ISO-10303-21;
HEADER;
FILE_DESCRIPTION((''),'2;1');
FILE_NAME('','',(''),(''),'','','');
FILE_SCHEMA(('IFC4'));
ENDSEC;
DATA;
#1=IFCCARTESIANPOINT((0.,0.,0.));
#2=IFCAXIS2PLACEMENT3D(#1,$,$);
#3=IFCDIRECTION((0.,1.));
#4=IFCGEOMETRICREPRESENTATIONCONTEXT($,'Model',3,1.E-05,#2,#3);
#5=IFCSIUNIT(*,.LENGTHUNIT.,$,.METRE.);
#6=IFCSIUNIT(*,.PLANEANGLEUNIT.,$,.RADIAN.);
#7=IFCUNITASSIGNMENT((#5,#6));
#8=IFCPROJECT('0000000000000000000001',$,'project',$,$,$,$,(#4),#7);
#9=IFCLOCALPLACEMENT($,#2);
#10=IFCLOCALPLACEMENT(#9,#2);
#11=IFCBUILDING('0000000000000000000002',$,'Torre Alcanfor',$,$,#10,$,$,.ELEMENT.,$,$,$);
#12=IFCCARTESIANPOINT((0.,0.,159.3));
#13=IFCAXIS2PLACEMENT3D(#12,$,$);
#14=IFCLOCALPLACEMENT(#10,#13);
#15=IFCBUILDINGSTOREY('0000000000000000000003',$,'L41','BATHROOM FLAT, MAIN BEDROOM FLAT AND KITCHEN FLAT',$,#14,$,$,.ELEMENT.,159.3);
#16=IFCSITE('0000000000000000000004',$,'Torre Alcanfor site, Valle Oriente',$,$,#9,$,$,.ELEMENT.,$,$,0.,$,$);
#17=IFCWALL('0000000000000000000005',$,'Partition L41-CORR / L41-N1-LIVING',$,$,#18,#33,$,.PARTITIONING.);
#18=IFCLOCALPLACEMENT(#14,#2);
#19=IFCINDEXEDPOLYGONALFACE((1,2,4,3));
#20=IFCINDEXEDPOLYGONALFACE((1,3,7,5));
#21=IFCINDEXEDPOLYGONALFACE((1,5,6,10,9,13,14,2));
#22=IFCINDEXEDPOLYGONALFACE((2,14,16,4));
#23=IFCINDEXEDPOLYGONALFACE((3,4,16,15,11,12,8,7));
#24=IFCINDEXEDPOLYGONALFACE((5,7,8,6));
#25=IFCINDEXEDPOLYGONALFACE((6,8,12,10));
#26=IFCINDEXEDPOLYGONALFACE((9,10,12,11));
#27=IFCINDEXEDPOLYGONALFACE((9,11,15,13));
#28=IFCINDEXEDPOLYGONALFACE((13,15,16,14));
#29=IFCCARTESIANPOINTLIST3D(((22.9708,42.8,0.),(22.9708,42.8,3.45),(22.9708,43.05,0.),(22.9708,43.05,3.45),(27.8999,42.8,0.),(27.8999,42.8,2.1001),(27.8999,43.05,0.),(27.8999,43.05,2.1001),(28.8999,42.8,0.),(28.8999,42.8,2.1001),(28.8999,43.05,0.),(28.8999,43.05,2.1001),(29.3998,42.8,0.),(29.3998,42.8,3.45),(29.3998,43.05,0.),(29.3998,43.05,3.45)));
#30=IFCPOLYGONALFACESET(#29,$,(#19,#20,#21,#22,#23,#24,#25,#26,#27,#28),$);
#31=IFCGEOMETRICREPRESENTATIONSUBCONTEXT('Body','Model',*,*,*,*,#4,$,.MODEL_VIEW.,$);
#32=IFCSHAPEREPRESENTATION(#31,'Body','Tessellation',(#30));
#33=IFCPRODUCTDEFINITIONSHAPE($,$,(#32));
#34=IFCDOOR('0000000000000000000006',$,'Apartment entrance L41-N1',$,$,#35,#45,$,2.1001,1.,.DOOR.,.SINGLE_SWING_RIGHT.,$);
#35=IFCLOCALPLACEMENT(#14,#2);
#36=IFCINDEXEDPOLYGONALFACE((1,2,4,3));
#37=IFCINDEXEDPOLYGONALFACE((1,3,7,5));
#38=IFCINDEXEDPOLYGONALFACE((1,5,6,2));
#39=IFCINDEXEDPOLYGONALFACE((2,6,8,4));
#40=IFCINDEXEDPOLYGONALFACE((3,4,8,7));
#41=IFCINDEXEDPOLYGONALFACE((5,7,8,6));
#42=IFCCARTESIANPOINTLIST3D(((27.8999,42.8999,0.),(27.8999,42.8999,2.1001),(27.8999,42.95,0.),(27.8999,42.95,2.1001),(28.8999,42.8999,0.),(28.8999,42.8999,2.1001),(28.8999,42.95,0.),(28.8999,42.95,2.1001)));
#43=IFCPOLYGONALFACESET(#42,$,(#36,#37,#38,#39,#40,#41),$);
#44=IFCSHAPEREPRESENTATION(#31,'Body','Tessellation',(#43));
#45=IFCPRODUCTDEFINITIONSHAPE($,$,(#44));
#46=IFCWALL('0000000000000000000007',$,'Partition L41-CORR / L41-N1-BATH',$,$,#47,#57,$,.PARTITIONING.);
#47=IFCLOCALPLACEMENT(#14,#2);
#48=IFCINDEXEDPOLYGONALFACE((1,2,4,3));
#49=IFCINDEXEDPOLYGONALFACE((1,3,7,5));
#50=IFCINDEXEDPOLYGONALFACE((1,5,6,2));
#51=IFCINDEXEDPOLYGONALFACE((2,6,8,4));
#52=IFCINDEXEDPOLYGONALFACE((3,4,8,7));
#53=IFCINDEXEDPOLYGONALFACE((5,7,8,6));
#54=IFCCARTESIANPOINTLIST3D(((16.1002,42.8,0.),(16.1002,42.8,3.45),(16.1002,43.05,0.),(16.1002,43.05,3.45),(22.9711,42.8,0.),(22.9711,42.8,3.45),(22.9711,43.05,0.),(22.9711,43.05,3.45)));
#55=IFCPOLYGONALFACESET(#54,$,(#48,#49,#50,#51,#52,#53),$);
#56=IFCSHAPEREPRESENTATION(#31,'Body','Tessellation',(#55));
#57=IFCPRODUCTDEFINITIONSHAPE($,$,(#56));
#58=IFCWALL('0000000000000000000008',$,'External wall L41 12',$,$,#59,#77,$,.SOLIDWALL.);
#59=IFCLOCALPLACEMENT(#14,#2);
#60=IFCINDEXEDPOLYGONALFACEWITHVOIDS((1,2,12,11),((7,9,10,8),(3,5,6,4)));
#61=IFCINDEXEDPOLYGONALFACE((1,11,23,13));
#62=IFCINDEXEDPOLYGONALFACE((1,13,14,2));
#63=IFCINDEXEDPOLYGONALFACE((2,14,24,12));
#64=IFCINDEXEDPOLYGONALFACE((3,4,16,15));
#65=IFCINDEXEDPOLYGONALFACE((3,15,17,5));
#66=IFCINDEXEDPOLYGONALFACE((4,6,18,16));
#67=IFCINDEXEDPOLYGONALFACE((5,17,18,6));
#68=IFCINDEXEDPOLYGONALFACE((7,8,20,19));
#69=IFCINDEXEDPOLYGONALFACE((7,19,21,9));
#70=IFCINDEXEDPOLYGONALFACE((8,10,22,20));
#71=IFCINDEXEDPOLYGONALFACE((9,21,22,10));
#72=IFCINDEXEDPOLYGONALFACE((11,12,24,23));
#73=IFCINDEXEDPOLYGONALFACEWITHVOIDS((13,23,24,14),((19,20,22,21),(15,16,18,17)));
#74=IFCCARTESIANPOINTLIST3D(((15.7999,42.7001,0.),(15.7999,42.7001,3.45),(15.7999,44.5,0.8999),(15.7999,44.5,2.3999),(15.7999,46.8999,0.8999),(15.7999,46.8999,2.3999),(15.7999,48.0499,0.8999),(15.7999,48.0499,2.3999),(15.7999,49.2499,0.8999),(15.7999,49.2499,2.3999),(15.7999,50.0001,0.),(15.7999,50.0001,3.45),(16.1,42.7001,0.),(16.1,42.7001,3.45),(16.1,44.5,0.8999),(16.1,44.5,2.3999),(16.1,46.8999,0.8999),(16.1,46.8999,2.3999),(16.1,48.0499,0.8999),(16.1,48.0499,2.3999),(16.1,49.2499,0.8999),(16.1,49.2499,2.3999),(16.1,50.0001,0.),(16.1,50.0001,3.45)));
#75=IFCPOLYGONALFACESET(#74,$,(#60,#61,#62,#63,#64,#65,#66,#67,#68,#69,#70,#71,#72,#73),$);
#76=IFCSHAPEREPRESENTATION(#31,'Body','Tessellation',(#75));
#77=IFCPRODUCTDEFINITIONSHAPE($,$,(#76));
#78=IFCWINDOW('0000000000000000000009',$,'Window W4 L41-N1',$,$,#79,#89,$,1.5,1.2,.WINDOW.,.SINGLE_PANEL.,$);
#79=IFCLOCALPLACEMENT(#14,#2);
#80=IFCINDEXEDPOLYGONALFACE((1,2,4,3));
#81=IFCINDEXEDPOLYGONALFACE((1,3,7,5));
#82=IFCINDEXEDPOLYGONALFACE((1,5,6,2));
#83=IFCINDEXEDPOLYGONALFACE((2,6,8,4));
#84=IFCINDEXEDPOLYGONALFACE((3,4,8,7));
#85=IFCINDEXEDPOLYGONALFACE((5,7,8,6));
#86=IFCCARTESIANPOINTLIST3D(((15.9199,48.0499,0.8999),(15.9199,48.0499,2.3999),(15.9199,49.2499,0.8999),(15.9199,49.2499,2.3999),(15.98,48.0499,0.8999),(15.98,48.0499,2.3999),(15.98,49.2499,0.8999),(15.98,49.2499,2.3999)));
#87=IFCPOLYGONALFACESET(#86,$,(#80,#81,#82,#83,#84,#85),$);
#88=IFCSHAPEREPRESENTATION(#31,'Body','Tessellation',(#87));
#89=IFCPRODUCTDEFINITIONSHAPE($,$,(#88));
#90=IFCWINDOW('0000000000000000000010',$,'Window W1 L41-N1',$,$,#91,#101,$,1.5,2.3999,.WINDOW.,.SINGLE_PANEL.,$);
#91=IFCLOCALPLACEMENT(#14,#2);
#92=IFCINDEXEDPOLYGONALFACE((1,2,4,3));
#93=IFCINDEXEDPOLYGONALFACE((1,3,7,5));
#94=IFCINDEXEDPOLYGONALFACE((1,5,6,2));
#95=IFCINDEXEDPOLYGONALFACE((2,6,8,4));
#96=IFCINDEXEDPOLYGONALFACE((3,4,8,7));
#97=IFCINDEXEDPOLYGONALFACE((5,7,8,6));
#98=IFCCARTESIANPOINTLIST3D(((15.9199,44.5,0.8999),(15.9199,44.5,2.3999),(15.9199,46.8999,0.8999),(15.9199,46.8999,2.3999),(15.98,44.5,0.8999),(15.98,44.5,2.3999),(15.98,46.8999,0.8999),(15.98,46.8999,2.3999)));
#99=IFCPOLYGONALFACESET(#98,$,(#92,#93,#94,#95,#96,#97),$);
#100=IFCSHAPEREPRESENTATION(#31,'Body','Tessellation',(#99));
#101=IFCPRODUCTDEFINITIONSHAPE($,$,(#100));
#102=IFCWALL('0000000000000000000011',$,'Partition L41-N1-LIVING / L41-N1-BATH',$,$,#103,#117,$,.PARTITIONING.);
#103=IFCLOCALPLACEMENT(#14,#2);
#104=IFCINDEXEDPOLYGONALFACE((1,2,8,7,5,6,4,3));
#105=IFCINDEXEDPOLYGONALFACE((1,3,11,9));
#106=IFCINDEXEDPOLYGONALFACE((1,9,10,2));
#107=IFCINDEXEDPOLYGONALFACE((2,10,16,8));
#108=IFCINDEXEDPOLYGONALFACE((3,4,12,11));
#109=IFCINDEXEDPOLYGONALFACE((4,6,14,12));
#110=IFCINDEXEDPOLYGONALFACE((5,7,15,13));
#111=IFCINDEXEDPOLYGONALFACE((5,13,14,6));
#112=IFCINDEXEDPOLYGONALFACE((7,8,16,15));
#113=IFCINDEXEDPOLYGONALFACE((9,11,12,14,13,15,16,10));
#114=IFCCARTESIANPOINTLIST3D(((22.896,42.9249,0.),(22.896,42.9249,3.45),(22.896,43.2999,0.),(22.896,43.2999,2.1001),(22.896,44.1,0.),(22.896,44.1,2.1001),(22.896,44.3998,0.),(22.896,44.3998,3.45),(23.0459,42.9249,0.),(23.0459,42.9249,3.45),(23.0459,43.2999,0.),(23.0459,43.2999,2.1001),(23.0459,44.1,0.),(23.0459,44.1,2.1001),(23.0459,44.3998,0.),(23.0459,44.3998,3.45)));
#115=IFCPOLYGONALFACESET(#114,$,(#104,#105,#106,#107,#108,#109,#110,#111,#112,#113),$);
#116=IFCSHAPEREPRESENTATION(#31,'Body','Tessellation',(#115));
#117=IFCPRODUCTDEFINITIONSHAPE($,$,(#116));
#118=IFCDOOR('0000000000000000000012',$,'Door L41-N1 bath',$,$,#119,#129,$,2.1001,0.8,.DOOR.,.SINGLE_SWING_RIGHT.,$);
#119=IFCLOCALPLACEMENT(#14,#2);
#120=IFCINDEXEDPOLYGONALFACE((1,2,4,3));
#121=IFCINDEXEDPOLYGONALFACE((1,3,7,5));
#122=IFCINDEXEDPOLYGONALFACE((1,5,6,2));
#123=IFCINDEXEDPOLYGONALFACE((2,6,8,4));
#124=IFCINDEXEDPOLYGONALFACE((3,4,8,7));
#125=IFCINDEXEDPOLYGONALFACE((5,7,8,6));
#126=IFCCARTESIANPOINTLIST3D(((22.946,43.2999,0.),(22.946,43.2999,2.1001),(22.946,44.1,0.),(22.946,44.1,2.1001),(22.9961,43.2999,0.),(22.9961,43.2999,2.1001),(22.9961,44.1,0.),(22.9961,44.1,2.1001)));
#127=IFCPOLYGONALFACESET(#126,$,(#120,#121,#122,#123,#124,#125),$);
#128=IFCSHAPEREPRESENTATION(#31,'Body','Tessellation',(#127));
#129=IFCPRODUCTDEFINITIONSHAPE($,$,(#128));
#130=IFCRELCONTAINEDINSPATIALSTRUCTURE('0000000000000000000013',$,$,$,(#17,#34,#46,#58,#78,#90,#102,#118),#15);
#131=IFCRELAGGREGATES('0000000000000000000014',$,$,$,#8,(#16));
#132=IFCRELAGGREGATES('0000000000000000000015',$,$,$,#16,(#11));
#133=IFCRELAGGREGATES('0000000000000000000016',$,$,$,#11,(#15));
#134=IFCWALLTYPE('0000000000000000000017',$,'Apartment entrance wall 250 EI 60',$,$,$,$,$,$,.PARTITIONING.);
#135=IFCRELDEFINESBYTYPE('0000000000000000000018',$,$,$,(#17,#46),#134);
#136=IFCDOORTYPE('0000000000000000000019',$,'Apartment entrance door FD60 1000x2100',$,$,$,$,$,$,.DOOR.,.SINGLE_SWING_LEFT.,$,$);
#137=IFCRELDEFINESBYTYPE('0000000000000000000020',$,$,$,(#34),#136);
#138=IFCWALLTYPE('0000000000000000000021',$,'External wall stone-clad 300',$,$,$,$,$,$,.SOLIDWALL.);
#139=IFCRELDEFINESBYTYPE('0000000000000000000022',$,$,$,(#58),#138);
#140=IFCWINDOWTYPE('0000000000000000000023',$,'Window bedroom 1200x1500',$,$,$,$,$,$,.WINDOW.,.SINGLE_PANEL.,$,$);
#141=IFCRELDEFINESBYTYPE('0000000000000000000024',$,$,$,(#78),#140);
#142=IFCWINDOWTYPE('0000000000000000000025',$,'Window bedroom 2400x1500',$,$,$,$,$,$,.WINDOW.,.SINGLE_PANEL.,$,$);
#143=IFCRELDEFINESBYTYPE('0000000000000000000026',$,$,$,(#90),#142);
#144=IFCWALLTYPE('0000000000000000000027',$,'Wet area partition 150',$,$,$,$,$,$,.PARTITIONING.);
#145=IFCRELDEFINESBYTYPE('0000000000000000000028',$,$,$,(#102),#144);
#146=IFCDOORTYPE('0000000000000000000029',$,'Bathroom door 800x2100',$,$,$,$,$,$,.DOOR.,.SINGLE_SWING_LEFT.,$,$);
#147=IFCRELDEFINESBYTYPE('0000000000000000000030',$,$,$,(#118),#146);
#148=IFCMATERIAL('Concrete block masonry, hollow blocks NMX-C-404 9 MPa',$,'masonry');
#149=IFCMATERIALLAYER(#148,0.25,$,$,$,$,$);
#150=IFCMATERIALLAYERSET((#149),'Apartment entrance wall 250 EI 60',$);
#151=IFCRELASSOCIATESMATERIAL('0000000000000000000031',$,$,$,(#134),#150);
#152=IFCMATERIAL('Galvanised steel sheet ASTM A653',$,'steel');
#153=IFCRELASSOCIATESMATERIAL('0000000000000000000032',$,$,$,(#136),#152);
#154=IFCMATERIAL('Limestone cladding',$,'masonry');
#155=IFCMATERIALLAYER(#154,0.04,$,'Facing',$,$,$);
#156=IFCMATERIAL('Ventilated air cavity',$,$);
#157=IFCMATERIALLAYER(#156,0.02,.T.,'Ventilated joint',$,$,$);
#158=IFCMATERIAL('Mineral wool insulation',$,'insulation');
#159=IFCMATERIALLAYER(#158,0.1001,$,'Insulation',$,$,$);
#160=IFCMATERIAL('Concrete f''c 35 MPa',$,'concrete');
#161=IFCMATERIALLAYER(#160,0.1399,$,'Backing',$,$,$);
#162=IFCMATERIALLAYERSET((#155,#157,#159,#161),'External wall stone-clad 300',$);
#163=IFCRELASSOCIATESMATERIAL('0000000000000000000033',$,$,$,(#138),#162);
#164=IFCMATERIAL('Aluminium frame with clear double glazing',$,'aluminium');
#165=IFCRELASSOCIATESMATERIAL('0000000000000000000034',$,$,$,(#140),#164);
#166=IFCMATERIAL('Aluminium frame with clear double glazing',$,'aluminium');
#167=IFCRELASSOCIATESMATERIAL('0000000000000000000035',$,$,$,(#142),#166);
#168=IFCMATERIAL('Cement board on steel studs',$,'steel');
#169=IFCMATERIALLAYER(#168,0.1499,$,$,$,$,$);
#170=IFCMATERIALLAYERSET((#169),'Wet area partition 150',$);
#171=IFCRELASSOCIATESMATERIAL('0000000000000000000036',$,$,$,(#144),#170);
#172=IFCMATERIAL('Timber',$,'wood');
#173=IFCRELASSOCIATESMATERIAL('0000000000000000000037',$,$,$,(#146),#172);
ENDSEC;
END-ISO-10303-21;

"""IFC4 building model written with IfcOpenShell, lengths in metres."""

from ifc_helpers import new_model, si_unit, direction, frame, frame_2d, origin, place, context, subcontext, project, spatial, rectangle, extrude, material, layer, layer_set, type_object, element, fill, save


model = new_model("IFC4")

# Units and contexts
model_context = context("Model", 3, precision=1e-05, world=origin(), true_north=direction((0.0, 1.0)))
body_context = subcontext(model_context, "Body", "Model", "MODEL_VIEW")
ifc_project = project(units=[si_unit("LENGTHUNIT", "METRE"), si_unit("PLANEANGLEUNIT", "RADIAN")], contexts=[model_context])

# Site, building, storey
site_placement = place(None, origin())
site = spatial("IfcSite", under=ifc_project, at=site_placement, Name="Torre Alcanfor site, Valle Oriente", CompositionType="ELEMENT", RefElevation=0.0)
building_placement = place(site_placement, origin())
building = spatial("IfcBuilding", under=site, at=building_placement, Name="Torre Alcanfor", CompositionType="ELEMENT")
storey_placement = place(building_placement, frame((0.0, 0.0, 159.3)))
storey = spatial("IfcBuildingStorey", under=building, at=storey_placement, Name="L41", Description="BATHROOM FLAT, MAIN BEDROOM FLAT AND KITCHEN FLAT", CompositionType="ELEMENT", Elevation=159.3)

# Wall, opening, door
ifc_material_1 = material(Name="Concrete block masonry, hollow blocks NMX-C-404 9 MPa", Category="masonry")
ifc_layer_1 = layer(ifc_material_1, 0.25)
ifc_layer_set_1 = layer_set([ifc_layer_1], Name="Apartment entrance wall 250 EI 60")
wall_type_1 = type_object("IfcWallType", Name="Apartment entrance wall 250 EI 60", PredefinedType="PARTITIONING", material=ifc_layer_set_1)
wall_1_placement = place(storey_placement, frame((22.9709, 42.925, 0.0), z_axis=(0.0, 0.0, 1.0), x_axis=(1.0, 0.0, 0.0)))
wall_1 = element("IfcWall", 1, at=wall_1_placement, inside=storey, type_object=wall_type_1, Name="Partition L41-CORR / L41-N1-LIVING", PredefinedType="PARTITIONING", context=body_context, shape_type="SweptSolid", body=[
    extrude(rectangle(XDim=6.429, YDim=0.25, at=frame_2d((3.2144, 0.0))), origin(), (0.0, 0.0, 1.0), 3.45),
])
opening_1_placement = place(wall_1_placement, frame((4.929, 0.0, 0.0)))
opening_1 = element("IfcOpeningElement", 2, at=opening_1_placement, cuts=wall_1, PredefinedType="OPENING", context=body_context, shape_type="SweptSolid", body=[
    extrude(rectangle(XDim=1.0, YDim=2.1001, at=frame_2d((0.5, 1.05))), frame((0.0, 0.135, 0.0), z_axis=(0.0, -1.0, 0.0), x_axis=(1.0, 0.0, 0.0)), (0.0, 0.0, 1.0), 0.27),
])
ifc_material_2 = material(Name="Galvanised steel sheet ASTM A653", Category="steel")
door_type_1 = type_object("IfcDoorType", Name="Apartment entrance door FD60 1000x2100", OperationType="SINGLE_SWING_LEFT", PredefinedType="DOOR", material=ifc_material_2)
door_1_placement = place(opening_1_placement, origin())
door_1 = element("IfcDoor", 3, at=door_1_placement, inside=storey, type_object=door_type_1, Name="Apartment entrance L41-N1", OperationType="SINGLE_SWING_RIGHT", OverallHeight=2.1001, OverallWidth=1.0, PredefinedType="DOOR", context=body_context, shape_type="SweptSolid", body=[
    extrude(rectangle(XDim=1.0, YDim=2.1001, at=frame_2d((0.5, 1.05))), frame((0.0, 0.0249, 0.0), z_axis=(0.0, -1.0, 0.0), x_axis=(1.0, 0.0, 0.0)), (0.0, 0.0, 1.0), 0.05),
])
fill(opening_1, door_1)

# Wall
wall_2_placement = place(storey_placement, frame((16.1001, 42.925, 0.0), z_axis=(0.0, 0.0, 1.0), x_axis=(1.0, 0.0, 0.0)))
element("IfcWall", 4, at=wall_2_placement, inside=storey, type_object=wall_type_1, Name="Partition L41-CORR / L41-N1-BATH", PredefinedType="PARTITIONING", context=body_context, shape_type="SweptSolid", body=[
    extrude(rectangle(XDim=6.8708, YDim=0.25, at=frame_2d((3.4355, 0.0))), origin(), (0.0, 0.0, 1.0), 3.45),
])

# Wall, openings, windows
ifc_material_3 = material(Name="Limestone cladding", Category="masonry")
ifc_layer_2 = layer(ifc_material_3, 0.04, Name="Facing")
ifc_material_4 = material(Name="Ventilated air cavity")
ifc_layer_3 = layer(ifc_material_4, 0.02, ventilated=True, Name="Ventilated joint")
ifc_material_5 = material(Name="Mineral wool insulation", Category="insulation")
ifc_layer_4 = layer(ifc_material_5, 0.1001, Name="Insulation")
ifc_material_6 = material(Name="Concrete f'c 35 MPa", Category="concrete")
ifc_layer_5 = layer(ifc_material_6, 0.1399, Name="Backing")
ifc_layer_set_2 = layer_set([ifc_layer_2, ifc_layer_3, ifc_layer_4, ifc_layer_5], Name="External wall stone-clad 300")
wall_type_2 = type_object("IfcWallType", Name="External wall stone-clad 300", PredefinedType="SOLIDWALL", material=ifc_layer_set_2)
wall_3_placement = place(storey_placement, frame((15.95, 50.0, 0.0), z_axis=(0.0, 0.0, 1.0), x_axis=(0.0, -1.0, 0.0)))
wall_3 = element("IfcWall", 5, at=wall_3_placement, inside=storey, type_object=wall_type_2, Name="External wall L41 12", PredefinedType="SOLIDWALL", context=body_context, shape_type="SweptSolid", body=[
    extrude(rectangle(XDim=7.3, YDim=0.3, at=frame_2d((3.6499, 0.0))), origin(), (0.0, 0.0, 1.0), 3.45),
])
opening_2_placement = place(wall_3_placement, frame((3.1001, 0.0, 0.8999)))
opening_2 = element("IfcOpeningElement", 6, at=opening_2_placement, cuts=wall_3, PredefinedType="OPENING", context=body_context, shape_type="SweptSolid", body=[
    extrude(rectangle(XDim=2.3999, YDim=1.5, at=frame_2d((1.2, 0.75))), frame((0.0, 0.1599, 0.0), z_axis=(0.0, -1.0, 0.0), x_axis=(1.0, 0.0, 0.0)), (0.0, 0.0, 1.0), 0.3201),
])
opening_3_placement = place(wall_3_placement, frame((0.75, 0.0, 0.8999)))
opening_3 = element("IfcOpeningElement", 7, at=opening_3_placement, cuts=wall_3, PredefinedType="OPENING", context=body_context, shape_type="SweptSolid", body=[
    extrude(rectangle(XDim=1.2, YDim=1.5, at=frame_2d((0.6001, 0.75))), frame((0.0, 0.1599, 0.0), z_axis=(0.0, -1.0, 0.0), x_axis=(1.0, 0.0, 0.0)), (0.0, 0.0, 1.0), 0.3201),
])
ifc_material_7 = material(Name="Aluminium frame with clear double glazing", Category="aluminium")
window_type_1 = type_object("IfcWindowType", Name="Window bedroom 1200x1500", PartitioningType="SINGLE_PANEL", PredefinedType="WINDOW", material=ifc_material_7)
window_1_placement = place(opening_3_placement, origin())
window_1 = element("IfcWindow", 8, at=window_1_placement, inside=storey, type_object=window_type_1, Name="Window W4 L41-N1", OverallHeight=1.5, OverallWidth=1.2, PartitioningType="SINGLE_PANEL", PredefinedType="WINDOW", context=body_context, shape_type="SweptSolid", body=[
    extrude(rectangle(XDim=1.2, YDim=1.5, at=frame_2d((0.6001, 0.75))), frame((0.0, 0.03, 0.0), z_axis=(0.0, -1.0, 0.0), x_axis=(1.0, 0.0, 0.0)), (0.0, 0.0, 1.0), 0.0601),
])
fill(opening_3, window_1)
ifc_material_8 = material(Name="Aluminium frame with clear double glazing", Category="aluminium")
window_type_2 = type_object("IfcWindowType", Name="Window bedroom 2400x1500", PartitioningType="SINGLE_PANEL", PredefinedType="WINDOW", material=ifc_material_8)
window_2_placement = place(opening_2_placement, origin())
window_2 = element("IfcWindow", 9, at=window_2_placement, inside=storey, type_object=window_type_2, Name="Window W1 L41-N1", OverallHeight=1.5, OverallWidth=2.3999, PartitioningType="SINGLE_PANEL", PredefinedType="WINDOW", context=body_context, shape_type="SweptSolid", body=[
    extrude(rectangle(XDim=2.3999, YDim=1.5, at=frame_2d((1.2, 0.75))), frame((0.0, 0.03, 0.0), z_axis=(0.0, -1.0, 0.0), x_axis=(1.0, 0.0, 0.0)), (0.0, 0.0, 1.0), 0.0601),
])
fill(opening_2, window_2)

# Wall, opening, door
ifc_material_9 = material(Name="Cement board on steel studs", Category="steel")
ifc_layer_6 = layer(ifc_material_9, 0.1499)
ifc_layer_set_3 = layer_set([ifc_layer_6], Name="Wet area partition 150")
wall_type_3 = type_object("IfcWallType", Name="Wet area partition 150", PredefinedType="PARTITIONING", material=ifc_layer_set_3)
wall_4_placement = place(storey_placement, frame((22.9709, 42.925, 0.0), z_axis=(0.0, 0.0, 1.0), x_axis=(0.0, 1.0, 0.0)))
wall_4 = element("IfcWall", 10, at=wall_4_placement, inside=storey, type_object=wall_type_3, Name="Partition L41-N1-LIVING / L41-N1-BATH", PredefinedType="PARTITIONING", context=body_context, shape_type="SweptSolid", body=[
    extrude(rectangle(XDim=1.4749, YDim=0.1499, at=frame_2d((0.7373, 0.0))), origin(), (0.0, 0.0, 1.0), 3.45),
])
opening_4_placement = place(wall_4_placement, frame((0.375, 0.0, 0.0)))
opening_4 = element("IfcOpeningElement", 11, at=opening_4_placement, cuts=wall_4, PredefinedType="OPENING", context=body_context, shape_type="SweptSolid", body=[
    extrude(rectangle(XDim=0.8, YDim=2.1001, at=frame_2d((0.3999, 1.05))), frame((0.0, 0.085, 0.0), z_axis=(0.0, -1.0, 0.0), x_axis=(1.0, 0.0, 0.0)), (0.0, 0.0, 1.0), 0.1699),
])
ifc_material_10 = material(Name="Timber", Category="wood")
door_type_2 = type_object("IfcDoorType", Name="Bathroom door 800x2100", OperationType="SINGLE_SWING_LEFT", PredefinedType="DOOR", material=ifc_material_10)
door_2_placement = place(opening_4_placement, origin())
door_2 = element("IfcDoor", 12, at=door_2_placement, inside=storey, type_object=door_type_2, Name="Door L41-N1 bath", OperationType="SINGLE_SWING_RIGHT", OverallHeight=2.1001, OverallWidth=0.8, PredefinedType="DOOR", context=body_context, shape_type="SweptSolid", body=[
    extrude(rectangle(XDim=0.8, YDim=2.1001, at=frame_2d((0.3999, 1.05))), frame((0.0, 0.0249, 0.0), z_axis=(0.0, -1.0, 0.0), x_axis=(1.0, 0.0, 0.0)), (0.0, 0.0, 1.0), 0.05),
])
fill(opening_4, door_2)

save(model, "model.ifc")
